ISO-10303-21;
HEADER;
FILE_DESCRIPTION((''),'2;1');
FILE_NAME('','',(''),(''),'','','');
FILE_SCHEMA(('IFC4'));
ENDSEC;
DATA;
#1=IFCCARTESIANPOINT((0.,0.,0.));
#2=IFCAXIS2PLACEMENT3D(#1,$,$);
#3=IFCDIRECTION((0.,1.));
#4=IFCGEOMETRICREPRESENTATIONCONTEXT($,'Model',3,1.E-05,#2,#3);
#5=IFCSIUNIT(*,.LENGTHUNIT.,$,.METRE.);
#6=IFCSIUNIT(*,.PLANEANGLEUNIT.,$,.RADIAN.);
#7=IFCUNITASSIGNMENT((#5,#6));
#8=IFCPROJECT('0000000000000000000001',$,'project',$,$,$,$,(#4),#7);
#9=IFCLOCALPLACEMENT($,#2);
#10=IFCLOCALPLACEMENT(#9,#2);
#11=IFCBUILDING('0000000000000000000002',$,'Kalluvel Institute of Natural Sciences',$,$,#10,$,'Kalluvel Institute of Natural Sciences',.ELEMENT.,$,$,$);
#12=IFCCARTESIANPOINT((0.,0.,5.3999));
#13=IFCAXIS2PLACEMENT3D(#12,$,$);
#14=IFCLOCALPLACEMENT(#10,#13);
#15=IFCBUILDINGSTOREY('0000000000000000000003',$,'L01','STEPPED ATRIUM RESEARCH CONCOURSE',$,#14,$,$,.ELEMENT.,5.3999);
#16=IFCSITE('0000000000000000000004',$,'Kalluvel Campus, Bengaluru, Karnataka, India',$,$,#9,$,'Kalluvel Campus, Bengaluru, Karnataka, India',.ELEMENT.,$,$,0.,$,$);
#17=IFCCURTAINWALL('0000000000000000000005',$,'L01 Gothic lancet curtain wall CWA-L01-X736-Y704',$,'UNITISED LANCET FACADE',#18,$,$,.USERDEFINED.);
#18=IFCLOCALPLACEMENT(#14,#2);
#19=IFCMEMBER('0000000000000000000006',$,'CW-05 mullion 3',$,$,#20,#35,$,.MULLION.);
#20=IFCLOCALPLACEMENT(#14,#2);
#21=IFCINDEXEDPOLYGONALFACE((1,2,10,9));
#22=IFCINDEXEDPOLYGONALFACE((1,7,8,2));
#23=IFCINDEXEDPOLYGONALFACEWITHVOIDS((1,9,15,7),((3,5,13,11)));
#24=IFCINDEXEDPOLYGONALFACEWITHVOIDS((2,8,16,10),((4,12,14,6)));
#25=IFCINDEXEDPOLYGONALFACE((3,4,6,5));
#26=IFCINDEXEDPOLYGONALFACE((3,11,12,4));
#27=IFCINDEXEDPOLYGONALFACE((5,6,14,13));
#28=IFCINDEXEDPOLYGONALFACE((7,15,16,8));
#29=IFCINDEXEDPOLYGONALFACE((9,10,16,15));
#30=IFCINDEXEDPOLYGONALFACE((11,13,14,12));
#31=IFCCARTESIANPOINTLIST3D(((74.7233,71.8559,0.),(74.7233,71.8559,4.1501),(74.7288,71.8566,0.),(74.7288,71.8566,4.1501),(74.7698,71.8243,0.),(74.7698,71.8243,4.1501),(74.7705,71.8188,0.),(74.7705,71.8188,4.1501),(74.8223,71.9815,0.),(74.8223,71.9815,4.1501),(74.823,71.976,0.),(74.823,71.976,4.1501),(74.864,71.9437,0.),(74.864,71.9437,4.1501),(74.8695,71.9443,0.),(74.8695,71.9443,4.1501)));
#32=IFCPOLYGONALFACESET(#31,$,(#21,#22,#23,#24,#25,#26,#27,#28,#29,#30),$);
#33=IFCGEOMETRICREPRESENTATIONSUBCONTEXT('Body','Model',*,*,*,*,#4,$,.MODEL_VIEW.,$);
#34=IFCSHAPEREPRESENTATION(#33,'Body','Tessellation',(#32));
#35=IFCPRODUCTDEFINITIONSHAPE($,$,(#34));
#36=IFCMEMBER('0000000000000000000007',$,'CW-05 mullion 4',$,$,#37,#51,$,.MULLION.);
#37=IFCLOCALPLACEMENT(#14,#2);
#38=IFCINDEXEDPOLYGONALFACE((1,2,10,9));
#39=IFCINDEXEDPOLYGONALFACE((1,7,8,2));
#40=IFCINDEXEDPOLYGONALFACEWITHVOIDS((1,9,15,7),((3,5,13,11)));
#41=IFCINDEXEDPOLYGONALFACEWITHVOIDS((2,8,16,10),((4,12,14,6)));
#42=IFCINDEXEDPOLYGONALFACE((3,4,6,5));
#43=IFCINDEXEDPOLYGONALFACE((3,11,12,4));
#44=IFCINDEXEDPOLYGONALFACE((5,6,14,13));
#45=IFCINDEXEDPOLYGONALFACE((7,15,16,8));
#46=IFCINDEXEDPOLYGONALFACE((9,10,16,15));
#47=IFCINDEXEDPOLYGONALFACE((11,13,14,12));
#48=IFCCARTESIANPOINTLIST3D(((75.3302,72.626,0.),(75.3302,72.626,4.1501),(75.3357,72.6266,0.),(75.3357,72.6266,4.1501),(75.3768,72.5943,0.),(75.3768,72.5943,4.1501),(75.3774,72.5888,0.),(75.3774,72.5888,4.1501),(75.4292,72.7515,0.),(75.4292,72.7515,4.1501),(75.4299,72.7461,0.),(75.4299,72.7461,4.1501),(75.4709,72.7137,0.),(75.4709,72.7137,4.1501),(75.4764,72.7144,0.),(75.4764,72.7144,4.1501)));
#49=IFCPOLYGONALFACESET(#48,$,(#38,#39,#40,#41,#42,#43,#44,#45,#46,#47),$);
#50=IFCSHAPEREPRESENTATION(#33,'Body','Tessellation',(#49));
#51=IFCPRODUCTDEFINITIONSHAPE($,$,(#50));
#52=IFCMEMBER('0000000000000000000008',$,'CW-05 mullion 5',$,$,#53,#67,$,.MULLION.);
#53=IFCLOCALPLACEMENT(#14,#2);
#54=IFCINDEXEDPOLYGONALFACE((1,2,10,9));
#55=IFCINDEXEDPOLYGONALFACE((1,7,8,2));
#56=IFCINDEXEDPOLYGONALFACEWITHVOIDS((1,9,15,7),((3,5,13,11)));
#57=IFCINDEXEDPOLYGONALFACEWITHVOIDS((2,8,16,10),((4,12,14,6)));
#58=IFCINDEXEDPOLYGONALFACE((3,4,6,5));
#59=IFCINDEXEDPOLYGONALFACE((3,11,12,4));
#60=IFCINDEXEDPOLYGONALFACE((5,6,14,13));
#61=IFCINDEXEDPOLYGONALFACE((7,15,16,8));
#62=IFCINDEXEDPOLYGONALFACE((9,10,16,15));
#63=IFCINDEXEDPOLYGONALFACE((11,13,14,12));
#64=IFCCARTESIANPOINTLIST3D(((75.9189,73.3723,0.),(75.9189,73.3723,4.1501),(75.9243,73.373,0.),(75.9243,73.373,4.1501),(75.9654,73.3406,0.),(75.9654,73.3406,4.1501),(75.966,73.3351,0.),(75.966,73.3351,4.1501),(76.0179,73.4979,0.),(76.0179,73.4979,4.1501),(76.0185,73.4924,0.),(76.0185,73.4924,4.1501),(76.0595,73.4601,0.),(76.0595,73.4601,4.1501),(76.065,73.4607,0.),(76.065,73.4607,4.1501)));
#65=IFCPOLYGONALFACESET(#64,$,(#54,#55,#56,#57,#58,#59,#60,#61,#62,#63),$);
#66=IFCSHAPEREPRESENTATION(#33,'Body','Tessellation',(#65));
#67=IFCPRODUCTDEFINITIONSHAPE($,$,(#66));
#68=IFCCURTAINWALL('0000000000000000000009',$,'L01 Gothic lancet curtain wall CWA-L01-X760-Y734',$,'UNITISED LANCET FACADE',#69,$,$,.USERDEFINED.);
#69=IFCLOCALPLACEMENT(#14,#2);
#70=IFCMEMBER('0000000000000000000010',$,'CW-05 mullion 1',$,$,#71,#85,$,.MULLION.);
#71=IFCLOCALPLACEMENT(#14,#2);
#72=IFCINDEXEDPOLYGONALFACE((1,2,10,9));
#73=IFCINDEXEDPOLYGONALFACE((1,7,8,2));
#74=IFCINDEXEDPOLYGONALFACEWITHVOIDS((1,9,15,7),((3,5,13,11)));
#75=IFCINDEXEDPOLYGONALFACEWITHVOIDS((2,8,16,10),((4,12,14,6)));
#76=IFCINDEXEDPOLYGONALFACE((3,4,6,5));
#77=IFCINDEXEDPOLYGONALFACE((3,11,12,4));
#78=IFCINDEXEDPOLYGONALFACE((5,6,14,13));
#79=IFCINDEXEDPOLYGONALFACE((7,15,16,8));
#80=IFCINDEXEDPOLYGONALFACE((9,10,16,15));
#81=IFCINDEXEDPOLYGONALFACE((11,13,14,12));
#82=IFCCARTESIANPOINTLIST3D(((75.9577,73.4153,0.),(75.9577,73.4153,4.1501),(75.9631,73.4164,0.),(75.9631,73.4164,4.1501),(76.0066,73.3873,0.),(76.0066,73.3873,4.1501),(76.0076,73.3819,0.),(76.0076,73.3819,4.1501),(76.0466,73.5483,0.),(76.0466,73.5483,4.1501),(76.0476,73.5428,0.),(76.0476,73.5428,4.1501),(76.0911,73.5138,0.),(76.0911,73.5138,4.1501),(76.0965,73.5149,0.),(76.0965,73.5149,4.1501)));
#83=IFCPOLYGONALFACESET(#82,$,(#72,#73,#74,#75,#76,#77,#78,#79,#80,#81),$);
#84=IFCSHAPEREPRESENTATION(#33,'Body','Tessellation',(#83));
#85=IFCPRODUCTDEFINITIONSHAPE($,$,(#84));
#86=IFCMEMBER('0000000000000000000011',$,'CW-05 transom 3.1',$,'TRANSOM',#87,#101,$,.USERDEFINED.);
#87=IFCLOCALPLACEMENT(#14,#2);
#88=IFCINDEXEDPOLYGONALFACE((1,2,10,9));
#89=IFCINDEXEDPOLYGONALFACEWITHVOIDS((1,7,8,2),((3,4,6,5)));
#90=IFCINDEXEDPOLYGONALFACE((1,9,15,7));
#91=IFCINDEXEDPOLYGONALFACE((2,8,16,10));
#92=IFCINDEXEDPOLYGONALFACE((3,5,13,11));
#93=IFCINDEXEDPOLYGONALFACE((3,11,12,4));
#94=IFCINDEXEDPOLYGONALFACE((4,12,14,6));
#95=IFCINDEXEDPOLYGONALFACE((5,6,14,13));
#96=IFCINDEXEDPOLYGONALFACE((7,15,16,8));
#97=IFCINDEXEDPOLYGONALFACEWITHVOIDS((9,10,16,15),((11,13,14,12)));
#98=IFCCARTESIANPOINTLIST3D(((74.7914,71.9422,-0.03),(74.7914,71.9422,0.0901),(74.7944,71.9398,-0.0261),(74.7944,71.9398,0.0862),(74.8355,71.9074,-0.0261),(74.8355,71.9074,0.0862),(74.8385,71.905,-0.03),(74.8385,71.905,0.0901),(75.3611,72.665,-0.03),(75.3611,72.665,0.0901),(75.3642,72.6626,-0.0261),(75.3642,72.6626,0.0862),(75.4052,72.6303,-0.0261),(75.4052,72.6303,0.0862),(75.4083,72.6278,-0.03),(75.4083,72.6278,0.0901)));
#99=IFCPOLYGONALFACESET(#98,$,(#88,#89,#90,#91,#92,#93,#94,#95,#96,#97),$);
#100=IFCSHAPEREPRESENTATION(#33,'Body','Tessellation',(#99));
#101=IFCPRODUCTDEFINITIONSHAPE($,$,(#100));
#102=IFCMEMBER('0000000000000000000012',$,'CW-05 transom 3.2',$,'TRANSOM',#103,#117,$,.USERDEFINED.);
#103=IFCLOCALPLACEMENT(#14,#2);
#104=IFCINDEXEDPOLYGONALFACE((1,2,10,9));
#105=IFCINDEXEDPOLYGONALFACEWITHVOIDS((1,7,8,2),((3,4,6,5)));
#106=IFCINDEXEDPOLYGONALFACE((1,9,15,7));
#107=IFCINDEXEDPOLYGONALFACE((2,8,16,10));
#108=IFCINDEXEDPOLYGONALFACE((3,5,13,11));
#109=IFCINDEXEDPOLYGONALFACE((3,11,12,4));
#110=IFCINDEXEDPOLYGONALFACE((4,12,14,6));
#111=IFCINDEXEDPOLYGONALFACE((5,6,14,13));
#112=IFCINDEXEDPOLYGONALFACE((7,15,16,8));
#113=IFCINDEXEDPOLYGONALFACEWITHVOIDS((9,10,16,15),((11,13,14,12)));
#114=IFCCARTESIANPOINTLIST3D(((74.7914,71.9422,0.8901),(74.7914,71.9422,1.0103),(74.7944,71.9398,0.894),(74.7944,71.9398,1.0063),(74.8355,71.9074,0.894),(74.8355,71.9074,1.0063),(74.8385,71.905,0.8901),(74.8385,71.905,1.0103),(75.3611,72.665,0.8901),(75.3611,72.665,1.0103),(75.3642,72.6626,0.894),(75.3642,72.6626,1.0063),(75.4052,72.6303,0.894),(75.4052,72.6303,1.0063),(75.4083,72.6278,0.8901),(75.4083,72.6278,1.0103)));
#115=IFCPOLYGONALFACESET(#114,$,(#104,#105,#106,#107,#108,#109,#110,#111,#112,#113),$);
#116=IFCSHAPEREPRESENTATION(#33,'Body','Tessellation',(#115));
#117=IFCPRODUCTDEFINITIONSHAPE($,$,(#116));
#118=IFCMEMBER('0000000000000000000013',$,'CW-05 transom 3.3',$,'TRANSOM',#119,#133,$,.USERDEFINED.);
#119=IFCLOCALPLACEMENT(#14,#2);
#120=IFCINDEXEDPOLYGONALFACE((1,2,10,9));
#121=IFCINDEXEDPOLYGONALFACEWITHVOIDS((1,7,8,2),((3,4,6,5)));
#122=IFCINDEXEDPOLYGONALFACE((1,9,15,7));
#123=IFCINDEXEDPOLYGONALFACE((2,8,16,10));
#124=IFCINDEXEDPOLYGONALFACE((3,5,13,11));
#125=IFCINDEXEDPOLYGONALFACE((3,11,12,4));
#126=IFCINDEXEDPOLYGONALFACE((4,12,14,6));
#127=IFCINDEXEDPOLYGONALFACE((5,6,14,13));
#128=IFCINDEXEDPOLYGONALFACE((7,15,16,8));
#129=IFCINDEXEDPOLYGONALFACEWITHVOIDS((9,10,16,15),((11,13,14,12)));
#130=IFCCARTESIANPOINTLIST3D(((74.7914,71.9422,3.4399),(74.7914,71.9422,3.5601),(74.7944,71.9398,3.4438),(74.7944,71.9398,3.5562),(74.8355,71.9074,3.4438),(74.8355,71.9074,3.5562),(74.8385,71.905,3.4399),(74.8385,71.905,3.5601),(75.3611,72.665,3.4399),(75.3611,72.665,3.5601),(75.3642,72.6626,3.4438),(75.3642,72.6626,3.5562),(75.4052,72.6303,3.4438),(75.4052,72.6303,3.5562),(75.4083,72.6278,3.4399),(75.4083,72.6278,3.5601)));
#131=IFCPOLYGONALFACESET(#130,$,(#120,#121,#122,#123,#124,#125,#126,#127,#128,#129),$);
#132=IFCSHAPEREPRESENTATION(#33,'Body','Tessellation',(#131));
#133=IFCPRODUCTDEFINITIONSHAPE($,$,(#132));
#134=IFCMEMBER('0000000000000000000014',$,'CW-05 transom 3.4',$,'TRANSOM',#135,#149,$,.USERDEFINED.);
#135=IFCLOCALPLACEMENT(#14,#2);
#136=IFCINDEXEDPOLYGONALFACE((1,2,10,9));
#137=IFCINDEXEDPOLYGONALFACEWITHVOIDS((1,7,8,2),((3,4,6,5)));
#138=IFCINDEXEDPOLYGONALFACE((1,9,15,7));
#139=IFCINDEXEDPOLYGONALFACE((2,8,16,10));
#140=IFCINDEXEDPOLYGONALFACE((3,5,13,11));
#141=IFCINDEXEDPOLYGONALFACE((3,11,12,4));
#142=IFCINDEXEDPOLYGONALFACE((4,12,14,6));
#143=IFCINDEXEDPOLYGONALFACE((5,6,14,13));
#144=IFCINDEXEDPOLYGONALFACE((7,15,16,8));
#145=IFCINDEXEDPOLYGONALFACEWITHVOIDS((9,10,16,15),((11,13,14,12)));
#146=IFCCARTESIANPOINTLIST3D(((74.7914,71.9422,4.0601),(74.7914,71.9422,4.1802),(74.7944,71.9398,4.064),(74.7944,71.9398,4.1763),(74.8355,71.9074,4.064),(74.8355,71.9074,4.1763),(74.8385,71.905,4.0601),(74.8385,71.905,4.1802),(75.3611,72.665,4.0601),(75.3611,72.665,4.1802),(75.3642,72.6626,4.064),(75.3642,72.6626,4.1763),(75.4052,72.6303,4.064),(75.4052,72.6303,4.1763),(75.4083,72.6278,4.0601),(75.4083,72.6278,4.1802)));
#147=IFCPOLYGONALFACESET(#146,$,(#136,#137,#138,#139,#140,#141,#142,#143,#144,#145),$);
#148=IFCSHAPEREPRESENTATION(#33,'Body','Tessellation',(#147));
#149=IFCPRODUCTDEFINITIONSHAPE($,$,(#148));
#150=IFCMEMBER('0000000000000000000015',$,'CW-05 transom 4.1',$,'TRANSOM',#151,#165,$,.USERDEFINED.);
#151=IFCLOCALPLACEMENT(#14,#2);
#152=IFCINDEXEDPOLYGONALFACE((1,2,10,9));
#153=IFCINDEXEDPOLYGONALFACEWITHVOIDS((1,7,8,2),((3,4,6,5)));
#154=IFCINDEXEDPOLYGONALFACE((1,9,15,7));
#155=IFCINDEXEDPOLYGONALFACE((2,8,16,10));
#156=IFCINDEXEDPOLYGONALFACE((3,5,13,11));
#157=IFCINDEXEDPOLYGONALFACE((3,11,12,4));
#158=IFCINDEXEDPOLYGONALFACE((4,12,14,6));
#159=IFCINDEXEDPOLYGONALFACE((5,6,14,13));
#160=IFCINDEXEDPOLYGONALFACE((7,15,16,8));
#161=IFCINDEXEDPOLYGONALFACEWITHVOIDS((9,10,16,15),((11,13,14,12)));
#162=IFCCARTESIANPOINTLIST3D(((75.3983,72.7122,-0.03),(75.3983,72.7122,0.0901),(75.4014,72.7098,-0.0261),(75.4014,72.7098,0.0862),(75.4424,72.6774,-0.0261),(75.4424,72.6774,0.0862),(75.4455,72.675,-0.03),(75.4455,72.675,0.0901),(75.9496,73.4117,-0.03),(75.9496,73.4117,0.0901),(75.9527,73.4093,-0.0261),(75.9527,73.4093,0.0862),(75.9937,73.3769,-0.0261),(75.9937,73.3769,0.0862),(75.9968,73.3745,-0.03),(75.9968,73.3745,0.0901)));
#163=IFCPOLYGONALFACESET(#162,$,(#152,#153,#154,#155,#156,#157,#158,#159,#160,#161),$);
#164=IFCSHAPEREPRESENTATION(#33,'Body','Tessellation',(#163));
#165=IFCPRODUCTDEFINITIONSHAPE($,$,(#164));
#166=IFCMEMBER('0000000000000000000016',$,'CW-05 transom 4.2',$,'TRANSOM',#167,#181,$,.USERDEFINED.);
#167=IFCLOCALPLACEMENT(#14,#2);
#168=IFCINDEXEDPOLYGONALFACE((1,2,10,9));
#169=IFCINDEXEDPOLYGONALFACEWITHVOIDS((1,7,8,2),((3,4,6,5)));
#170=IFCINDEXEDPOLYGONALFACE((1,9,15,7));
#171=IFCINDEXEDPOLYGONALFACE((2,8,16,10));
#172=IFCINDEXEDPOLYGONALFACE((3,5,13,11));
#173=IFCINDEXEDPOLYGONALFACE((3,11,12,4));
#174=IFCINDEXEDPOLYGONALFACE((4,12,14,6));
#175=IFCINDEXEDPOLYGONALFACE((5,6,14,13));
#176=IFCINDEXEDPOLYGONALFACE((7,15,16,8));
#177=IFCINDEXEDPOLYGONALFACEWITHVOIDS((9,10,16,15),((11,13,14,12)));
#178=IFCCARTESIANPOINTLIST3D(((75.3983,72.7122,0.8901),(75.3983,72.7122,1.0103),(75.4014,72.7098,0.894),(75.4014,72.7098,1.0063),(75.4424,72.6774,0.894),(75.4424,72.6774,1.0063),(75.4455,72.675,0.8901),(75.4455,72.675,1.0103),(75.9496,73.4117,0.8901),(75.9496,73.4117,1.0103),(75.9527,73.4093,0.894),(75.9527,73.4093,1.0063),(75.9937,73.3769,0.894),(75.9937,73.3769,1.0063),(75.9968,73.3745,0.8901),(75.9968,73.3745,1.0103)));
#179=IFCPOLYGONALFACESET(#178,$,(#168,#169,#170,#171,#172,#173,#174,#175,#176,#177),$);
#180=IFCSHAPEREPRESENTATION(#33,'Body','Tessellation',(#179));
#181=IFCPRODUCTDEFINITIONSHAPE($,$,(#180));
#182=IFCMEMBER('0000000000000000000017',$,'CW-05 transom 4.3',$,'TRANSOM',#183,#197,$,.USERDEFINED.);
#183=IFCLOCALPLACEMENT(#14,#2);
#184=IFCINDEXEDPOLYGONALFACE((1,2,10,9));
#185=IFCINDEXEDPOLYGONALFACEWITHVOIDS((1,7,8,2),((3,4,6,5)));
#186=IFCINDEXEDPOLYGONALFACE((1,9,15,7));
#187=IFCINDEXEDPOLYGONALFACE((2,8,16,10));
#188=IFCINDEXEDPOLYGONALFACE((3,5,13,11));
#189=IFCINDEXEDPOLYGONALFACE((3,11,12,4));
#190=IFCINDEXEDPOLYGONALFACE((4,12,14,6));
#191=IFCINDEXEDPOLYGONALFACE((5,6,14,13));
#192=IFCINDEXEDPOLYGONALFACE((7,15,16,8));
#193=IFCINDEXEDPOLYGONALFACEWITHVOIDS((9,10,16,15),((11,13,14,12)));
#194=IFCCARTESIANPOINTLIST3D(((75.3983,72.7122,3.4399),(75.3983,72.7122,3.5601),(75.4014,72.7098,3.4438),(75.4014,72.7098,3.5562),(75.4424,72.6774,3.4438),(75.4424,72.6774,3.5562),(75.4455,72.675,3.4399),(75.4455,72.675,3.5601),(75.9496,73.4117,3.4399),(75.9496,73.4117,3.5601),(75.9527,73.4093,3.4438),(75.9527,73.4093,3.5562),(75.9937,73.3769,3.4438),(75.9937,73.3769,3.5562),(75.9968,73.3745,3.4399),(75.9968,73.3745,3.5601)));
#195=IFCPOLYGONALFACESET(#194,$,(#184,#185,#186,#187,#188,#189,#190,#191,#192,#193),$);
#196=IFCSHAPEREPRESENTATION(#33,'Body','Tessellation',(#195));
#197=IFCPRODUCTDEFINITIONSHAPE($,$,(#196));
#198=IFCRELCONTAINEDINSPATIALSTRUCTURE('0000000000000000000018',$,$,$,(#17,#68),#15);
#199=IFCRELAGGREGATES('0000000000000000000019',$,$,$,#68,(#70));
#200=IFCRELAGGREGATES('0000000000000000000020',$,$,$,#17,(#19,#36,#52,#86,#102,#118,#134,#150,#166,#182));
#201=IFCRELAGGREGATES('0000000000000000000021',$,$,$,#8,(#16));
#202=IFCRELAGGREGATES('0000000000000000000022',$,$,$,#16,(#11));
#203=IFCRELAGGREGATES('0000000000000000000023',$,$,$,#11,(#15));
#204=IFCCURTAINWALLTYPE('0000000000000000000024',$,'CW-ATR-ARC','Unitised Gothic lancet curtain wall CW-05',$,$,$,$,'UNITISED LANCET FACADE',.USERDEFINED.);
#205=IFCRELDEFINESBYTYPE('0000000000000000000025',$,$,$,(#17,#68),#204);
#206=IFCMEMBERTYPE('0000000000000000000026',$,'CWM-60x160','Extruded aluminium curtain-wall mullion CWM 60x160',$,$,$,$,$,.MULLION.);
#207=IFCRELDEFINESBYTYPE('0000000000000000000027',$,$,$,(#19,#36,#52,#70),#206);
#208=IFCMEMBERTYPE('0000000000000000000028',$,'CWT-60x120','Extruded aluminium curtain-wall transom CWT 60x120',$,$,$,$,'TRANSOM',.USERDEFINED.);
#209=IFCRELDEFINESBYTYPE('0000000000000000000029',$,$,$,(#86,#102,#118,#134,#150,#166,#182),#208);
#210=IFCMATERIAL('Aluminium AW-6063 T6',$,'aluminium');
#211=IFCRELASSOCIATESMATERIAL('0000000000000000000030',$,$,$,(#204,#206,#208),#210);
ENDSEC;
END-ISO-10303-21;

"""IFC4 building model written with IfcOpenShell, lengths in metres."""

from ifc_helpers import new_model, si_unit, direction, frame, origin, origin_2d, place, context, subcontext, project, spatial, hollow_rectangle, extrude, material, material_profile, profile_set, type_object, element, aggregate, save


model = new_model("IFC4")

# Units and contexts
model_context = context("Model", 3, precision=1e-05, world=origin(), true_north=direction((0.0, 1.0)))
body_context = subcontext(model_context, "Body", "Model", "MODEL_VIEW")
ifc_project = project(units=[si_unit("LENGTHUNIT", "METRE"), si_unit("PLANEANGLEUNIT", "RADIAN")], contexts=[model_context])

# Site, building, storey
site_placement = place(None, origin())
site = spatial("IfcSite", under=ifc_project, at=site_placement, Name="Kalluvel Campus, Bengaluru, Karnataka, India", LongName="Kalluvel Campus, Bengaluru, Karnataka, India", CompositionType="ELEMENT", RefElevation=0.0)
building_placement = place(site_placement, origin())
building = spatial("IfcBuilding", under=site, at=building_placement, Name="Kalluvel Institute of Natural Sciences", LongName="Kalluvel Institute of Natural Sciences", CompositionType="ELEMENT")
storey_placement = place(building_placement, frame((0.0, 0.0, 5.3999)))
storey = spatial("IfcBuildingStorey", under=building, at=storey_placement, Name="L01", Description="STEPPED ATRIUM RESEARCH CONCOURSE", CompositionType="ELEMENT", Elevation=5.3999)

# Curtain wall, members
ifc_material_1 = material(Name="Aluminium AW-6063 T6", Category="aluminium")
curtain_wall_type = type_object("IfcCurtainWallType", Name="CW-ATR-ARC", Description="Unitised Gothic lancet curtain wall CW-05", ElementType="UNITISED LANCET FACADE", PredefinedType="USERDEFINED", material=ifc_material_1)
curtain_wall_1_placement = place(storey_placement, origin())
curtain_wall_1 = element("IfcCurtainWall", 1, at=curtain_wall_1_placement, inside=storey, type_object=curtain_wall_type, Name="L01 Gothic lancet curtain wall CWA-L01-X736-Y704", ObjectType="UNITISED LANCET FACADE", PredefinedType="USERDEFINED")
ifc_material_profile_1 = material_profile(ifc_material_1, hollow_rectangle(XDim=0.0601, YDim=0.1599, WallThickness=0.0039, at=origin_2d()), Name="CWM 60x160")
ifc_profile_set_1 = profile_set([ifc_material_profile_1], Name="Aluminium AW-6063 T6")
member_type_1 = type_object("IfcMemberType", Name="CWM-60x160", Description="Extruded aluminium curtain-wall mullion CWM 60x160", PredefinedType="MULLION", material=ifc_profile_set_1)
member_1_placement = place(storey_placement, frame((74.7964, 71.9001, 0.0), z_axis=(0.0, 0.0, 1.0), x_axis=(-0.785314, 0.619098, 0.0)))
member_1 = element("IfcMember", 2, at=member_1_placement, type_object=member_type_1, Name="CW-05 mullion 3", PredefinedType="MULLION", context=body_context, shape_type="SweptSolid", body=[
    extrude(hollow_rectangle(XDim=0.0601, YDim=0.1599, WallThickness=0.0039, at=origin_2d()), origin(), (0.0, 0.0, 1.0), 4.1501),
])
member_2_placement = place(storey_placement, frame((75.4033, 72.6702, 0.0), z_axis=(0.0, 0.0, 1.0), x_axis=(-0.785314, 0.619098, 0.0)))
member_2 = element("IfcMember", 3, at=member_2_placement, type_object=member_type_1, Name="CW-05 mullion 4", PredefinedType="MULLION", context=body_context, shape_type="SweptSolid", body=[
    extrude(hollow_rectangle(XDim=0.0601, YDim=0.1599, WallThickness=0.0039, at=origin_2d()), origin(), (0.0, 0.0, 1.0), 4.1501),
])
member_3_placement = place(storey_placement, frame((75.9919, 73.4165, 0.0), z_axis=(0.0, 0.0, 1.0), x_axis=(-0.785314, 0.619098, 0.0)))
member_3 = element("IfcMember", 4, at=member_3_placement, type_object=member_type_1, Name="CW-05 mullion 5", PredefinedType="MULLION", context=body_context, shape_type="SweptSolid", body=[
    extrude(hollow_rectangle(XDim=0.0601, YDim=0.1599, WallThickness=0.0039, at=origin_2d()), origin(), (0.0, 0.0, 1.0), 4.1501),
])

# Curtain wall, member
curtain_wall_2_placement = place(storey_placement, origin())
curtain_wall_2 = element("IfcCurtainWall", 5, at=curtain_wall_2_placement, inside=storey, type_object=curtain_wall_type, Name="L01 Gothic lancet curtain wall CWA-L01-X760-Y734", ObjectType="UNITISED LANCET FACADE", PredefinedType="USERDEFINED")
member_4_placement = place(storey_placement, frame((76.0271, 73.4651, 0.0), z_axis=(0.0, 0.0, 1.0), x_axis=(-0.831469, 0.555571, 0.0)))
member_4 = element("IfcMember", 6, at=member_4_placement, type_object=member_type_1, Name="CW-05 mullion 1", PredefinedType="MULLION", context=body_context, shape_type="SweptSolid", body=[
    extrude(hollow_rectangle(XDim=0.0601, YDim=0.1599, WallThickness=0.0039, at=origin_2d()), origin(), (0.0, 0.0, 1.0), 4.1501),
])

# Members
ifc_material_profile_2 = material_profile(ifc_material_1, hollow_rectangle(XDim=0.0601, YDim=0.1201, WallThickness=0.0039, at=origin_2d()), Name="CWT 60x120")
ifc_profile_set_2 = profile_set([ifc_material_profile_2], Name="Aluminium AW-6063 T6")
member_type_2 = type_object("IfcMemberType", Name="CWT-60x120", Description="Extruded aluminium curtain-wall transom CWT 60x120", ElementType="TRANSOM", PredefinedType="USERDEFINED", material=ifc_profile_set_2)
member_5_placement = place(storey_placement, frame((74.8149, 71.9236, 0.03), z_axis=(0.619051, 0.785351, 0.0), x_axis=(-0.785351, 0.619051, 0.0)))
member_5 = element("IfcMember", 7, at=member_5_placement, type_object=member_type_2, Name="CW-05 transom 3.1", ObjectType="TRANSOM", PredefinedType="USERDEFINED", context=body_context, shape_type="SweptSolid", body=[
    extrude(hollow_rectangle(XDim=0.0601, YDim=0.1201, WallThickness=0.0039, at=origin_2d()), origin(), (0.0, 0.0, 1.0), 0.9204),
])
member_6_placement = place(storey_placement, frame((74.8149, 71.9236, 0.9502), z_axis=(0.619051, 0.785351, 0.0), x_axis=(-0.785351, 0.619051, 0.0)))
member_6 = element("IfcMember", 8, at=member_6_placement, type_object=member_type_2, Name="CW-05 transom 3.2", ObjectType="TRANSOM", PredefinedType="USERDEFINED", context=body_context, shape_type="SweptSolid", body=[
    extrude(hollow_rectangle(XDim=0.0601, YDim=0.1201, WallThickness=0.0039, at=origin_2d()), origin(), (0.0, 0.0, 1.0), 0.9204),
])
member_7_placement = place(storey_placement, frame((74.8149, 71.9236, 3.5), z_axis=(0.619051, 0.785351, 0.0), x_axis=(-0.785351, 0.619051, 0.0)))
member_7 = element("IfcMember", 9, at=member_7_placement, type_object=member_type_2, Name="CW-05 transom 3.3", ObjectType="TRANSOM", PredefinedType="USERDEFINED", context=body_context, shape_type="SweptSolid", body=[
    extrude(hollow_rectangle(XDim=0.0601, YDim=0.1201, WallThickness=0.0039, at=origin_2d()), origin(), (0.0, 0.0, 1.0), 0.9204),
])
member_8_placement = place(storey_placement, frame((74.8149, 71.9236, 4.1201), z_axis=(0.619051, 0.785351, 0.0), x_axis=(-0.785351, 0.619051, 0.0)))
member_8 = element("IfcMember", 10, at=member_8_placement, type_object=member_type_2, Name="CW-05 transom 3.4", ObjectType="TRANSOM", PredefinedType="USERDEFINED", context=body_context, shape_type="SweptSolid", body=[
    extrude(hollow_rectangle(XDim=0.0601, YDim=0.1201, WallThickness=0.0039, at=origin_2d()), origin(), (0.0, 0.0, 1.0), 0.9204),
])
member_9_placement = place(storey_placement, frame((75.4219, 72.6936, 0.03), z_axis=(0.618995, 0.785395, 0.0), x_axis=(-0.785395, 0.618995, 0.0)))
member_9 = element("IfcMember", 11, at=member_9_placement, type_object=member_type_2, Name="CW-05 transom 4.1", ObjectType="TRANSOM", PredefinedType="USERDEFINED", context=body_context, shape_type="SweptSolid", body=[
    extrude(hollow_rectangle(XDim=0.0601, YDim=0.1201, WallThickness=0.0039, at=origin_2d()), origin(), (0.0, 0.0, 1.0), 0.8906),
])
member_10_placement = place(storey_placement, frame((75.4219, 72.6936, 0.9502), z_axis=(0.618995, 0.785395, 0.0), x_axis=(-0.785395, 0.618995, 0.0)))
member_10 = element("IfcMember", 12, at=member_10_placement, type_object=member_type_2, Name="CW-05 transom 4.2", ObjectType="TRANSOM", PredefinedType="USERDEFINED", context=body_context, shape_type="SweptSolid", body=[
    extrude(hollow_rectangle(XDim=0.0601, YDim=0.1201, WallThickness=0.0039, at=origin_2d()), origin(), (0.0, 0.0, 1.0), 0.8906),
])
member_11_placement = place(storey_placement, frame((75.4219, 72.6936, 3.5), z_axis=(0.618995, 0.785395, 0.0), x_axis=(-0.785395, 0.618995, 0.0)))
member_11 = element("IfcMember", 13, at=member_11_placement, type_object=member_type_2, Name="CW-05 transom 4.3", ObjectType="TRANSOM", PredefinedType="USERDEFINED", context=body_context, shape_type="SweptSolid", body=[
    extrude(hollow_rectangle(XDim=0.0601, YDim=0.1201, WallThickness=0.0039, at=origin_2d()), origin(), (0.0, 0.0, 1.0), 0.8906),
])
aggregate(curtain_wall_2, [member_4])

aggregate(curtain_wall_1, [member_1, member_2, member_3, member_5, member_6, member_7, member_8, member_9, member_10, member_11])

save(model, "model.ifc")
